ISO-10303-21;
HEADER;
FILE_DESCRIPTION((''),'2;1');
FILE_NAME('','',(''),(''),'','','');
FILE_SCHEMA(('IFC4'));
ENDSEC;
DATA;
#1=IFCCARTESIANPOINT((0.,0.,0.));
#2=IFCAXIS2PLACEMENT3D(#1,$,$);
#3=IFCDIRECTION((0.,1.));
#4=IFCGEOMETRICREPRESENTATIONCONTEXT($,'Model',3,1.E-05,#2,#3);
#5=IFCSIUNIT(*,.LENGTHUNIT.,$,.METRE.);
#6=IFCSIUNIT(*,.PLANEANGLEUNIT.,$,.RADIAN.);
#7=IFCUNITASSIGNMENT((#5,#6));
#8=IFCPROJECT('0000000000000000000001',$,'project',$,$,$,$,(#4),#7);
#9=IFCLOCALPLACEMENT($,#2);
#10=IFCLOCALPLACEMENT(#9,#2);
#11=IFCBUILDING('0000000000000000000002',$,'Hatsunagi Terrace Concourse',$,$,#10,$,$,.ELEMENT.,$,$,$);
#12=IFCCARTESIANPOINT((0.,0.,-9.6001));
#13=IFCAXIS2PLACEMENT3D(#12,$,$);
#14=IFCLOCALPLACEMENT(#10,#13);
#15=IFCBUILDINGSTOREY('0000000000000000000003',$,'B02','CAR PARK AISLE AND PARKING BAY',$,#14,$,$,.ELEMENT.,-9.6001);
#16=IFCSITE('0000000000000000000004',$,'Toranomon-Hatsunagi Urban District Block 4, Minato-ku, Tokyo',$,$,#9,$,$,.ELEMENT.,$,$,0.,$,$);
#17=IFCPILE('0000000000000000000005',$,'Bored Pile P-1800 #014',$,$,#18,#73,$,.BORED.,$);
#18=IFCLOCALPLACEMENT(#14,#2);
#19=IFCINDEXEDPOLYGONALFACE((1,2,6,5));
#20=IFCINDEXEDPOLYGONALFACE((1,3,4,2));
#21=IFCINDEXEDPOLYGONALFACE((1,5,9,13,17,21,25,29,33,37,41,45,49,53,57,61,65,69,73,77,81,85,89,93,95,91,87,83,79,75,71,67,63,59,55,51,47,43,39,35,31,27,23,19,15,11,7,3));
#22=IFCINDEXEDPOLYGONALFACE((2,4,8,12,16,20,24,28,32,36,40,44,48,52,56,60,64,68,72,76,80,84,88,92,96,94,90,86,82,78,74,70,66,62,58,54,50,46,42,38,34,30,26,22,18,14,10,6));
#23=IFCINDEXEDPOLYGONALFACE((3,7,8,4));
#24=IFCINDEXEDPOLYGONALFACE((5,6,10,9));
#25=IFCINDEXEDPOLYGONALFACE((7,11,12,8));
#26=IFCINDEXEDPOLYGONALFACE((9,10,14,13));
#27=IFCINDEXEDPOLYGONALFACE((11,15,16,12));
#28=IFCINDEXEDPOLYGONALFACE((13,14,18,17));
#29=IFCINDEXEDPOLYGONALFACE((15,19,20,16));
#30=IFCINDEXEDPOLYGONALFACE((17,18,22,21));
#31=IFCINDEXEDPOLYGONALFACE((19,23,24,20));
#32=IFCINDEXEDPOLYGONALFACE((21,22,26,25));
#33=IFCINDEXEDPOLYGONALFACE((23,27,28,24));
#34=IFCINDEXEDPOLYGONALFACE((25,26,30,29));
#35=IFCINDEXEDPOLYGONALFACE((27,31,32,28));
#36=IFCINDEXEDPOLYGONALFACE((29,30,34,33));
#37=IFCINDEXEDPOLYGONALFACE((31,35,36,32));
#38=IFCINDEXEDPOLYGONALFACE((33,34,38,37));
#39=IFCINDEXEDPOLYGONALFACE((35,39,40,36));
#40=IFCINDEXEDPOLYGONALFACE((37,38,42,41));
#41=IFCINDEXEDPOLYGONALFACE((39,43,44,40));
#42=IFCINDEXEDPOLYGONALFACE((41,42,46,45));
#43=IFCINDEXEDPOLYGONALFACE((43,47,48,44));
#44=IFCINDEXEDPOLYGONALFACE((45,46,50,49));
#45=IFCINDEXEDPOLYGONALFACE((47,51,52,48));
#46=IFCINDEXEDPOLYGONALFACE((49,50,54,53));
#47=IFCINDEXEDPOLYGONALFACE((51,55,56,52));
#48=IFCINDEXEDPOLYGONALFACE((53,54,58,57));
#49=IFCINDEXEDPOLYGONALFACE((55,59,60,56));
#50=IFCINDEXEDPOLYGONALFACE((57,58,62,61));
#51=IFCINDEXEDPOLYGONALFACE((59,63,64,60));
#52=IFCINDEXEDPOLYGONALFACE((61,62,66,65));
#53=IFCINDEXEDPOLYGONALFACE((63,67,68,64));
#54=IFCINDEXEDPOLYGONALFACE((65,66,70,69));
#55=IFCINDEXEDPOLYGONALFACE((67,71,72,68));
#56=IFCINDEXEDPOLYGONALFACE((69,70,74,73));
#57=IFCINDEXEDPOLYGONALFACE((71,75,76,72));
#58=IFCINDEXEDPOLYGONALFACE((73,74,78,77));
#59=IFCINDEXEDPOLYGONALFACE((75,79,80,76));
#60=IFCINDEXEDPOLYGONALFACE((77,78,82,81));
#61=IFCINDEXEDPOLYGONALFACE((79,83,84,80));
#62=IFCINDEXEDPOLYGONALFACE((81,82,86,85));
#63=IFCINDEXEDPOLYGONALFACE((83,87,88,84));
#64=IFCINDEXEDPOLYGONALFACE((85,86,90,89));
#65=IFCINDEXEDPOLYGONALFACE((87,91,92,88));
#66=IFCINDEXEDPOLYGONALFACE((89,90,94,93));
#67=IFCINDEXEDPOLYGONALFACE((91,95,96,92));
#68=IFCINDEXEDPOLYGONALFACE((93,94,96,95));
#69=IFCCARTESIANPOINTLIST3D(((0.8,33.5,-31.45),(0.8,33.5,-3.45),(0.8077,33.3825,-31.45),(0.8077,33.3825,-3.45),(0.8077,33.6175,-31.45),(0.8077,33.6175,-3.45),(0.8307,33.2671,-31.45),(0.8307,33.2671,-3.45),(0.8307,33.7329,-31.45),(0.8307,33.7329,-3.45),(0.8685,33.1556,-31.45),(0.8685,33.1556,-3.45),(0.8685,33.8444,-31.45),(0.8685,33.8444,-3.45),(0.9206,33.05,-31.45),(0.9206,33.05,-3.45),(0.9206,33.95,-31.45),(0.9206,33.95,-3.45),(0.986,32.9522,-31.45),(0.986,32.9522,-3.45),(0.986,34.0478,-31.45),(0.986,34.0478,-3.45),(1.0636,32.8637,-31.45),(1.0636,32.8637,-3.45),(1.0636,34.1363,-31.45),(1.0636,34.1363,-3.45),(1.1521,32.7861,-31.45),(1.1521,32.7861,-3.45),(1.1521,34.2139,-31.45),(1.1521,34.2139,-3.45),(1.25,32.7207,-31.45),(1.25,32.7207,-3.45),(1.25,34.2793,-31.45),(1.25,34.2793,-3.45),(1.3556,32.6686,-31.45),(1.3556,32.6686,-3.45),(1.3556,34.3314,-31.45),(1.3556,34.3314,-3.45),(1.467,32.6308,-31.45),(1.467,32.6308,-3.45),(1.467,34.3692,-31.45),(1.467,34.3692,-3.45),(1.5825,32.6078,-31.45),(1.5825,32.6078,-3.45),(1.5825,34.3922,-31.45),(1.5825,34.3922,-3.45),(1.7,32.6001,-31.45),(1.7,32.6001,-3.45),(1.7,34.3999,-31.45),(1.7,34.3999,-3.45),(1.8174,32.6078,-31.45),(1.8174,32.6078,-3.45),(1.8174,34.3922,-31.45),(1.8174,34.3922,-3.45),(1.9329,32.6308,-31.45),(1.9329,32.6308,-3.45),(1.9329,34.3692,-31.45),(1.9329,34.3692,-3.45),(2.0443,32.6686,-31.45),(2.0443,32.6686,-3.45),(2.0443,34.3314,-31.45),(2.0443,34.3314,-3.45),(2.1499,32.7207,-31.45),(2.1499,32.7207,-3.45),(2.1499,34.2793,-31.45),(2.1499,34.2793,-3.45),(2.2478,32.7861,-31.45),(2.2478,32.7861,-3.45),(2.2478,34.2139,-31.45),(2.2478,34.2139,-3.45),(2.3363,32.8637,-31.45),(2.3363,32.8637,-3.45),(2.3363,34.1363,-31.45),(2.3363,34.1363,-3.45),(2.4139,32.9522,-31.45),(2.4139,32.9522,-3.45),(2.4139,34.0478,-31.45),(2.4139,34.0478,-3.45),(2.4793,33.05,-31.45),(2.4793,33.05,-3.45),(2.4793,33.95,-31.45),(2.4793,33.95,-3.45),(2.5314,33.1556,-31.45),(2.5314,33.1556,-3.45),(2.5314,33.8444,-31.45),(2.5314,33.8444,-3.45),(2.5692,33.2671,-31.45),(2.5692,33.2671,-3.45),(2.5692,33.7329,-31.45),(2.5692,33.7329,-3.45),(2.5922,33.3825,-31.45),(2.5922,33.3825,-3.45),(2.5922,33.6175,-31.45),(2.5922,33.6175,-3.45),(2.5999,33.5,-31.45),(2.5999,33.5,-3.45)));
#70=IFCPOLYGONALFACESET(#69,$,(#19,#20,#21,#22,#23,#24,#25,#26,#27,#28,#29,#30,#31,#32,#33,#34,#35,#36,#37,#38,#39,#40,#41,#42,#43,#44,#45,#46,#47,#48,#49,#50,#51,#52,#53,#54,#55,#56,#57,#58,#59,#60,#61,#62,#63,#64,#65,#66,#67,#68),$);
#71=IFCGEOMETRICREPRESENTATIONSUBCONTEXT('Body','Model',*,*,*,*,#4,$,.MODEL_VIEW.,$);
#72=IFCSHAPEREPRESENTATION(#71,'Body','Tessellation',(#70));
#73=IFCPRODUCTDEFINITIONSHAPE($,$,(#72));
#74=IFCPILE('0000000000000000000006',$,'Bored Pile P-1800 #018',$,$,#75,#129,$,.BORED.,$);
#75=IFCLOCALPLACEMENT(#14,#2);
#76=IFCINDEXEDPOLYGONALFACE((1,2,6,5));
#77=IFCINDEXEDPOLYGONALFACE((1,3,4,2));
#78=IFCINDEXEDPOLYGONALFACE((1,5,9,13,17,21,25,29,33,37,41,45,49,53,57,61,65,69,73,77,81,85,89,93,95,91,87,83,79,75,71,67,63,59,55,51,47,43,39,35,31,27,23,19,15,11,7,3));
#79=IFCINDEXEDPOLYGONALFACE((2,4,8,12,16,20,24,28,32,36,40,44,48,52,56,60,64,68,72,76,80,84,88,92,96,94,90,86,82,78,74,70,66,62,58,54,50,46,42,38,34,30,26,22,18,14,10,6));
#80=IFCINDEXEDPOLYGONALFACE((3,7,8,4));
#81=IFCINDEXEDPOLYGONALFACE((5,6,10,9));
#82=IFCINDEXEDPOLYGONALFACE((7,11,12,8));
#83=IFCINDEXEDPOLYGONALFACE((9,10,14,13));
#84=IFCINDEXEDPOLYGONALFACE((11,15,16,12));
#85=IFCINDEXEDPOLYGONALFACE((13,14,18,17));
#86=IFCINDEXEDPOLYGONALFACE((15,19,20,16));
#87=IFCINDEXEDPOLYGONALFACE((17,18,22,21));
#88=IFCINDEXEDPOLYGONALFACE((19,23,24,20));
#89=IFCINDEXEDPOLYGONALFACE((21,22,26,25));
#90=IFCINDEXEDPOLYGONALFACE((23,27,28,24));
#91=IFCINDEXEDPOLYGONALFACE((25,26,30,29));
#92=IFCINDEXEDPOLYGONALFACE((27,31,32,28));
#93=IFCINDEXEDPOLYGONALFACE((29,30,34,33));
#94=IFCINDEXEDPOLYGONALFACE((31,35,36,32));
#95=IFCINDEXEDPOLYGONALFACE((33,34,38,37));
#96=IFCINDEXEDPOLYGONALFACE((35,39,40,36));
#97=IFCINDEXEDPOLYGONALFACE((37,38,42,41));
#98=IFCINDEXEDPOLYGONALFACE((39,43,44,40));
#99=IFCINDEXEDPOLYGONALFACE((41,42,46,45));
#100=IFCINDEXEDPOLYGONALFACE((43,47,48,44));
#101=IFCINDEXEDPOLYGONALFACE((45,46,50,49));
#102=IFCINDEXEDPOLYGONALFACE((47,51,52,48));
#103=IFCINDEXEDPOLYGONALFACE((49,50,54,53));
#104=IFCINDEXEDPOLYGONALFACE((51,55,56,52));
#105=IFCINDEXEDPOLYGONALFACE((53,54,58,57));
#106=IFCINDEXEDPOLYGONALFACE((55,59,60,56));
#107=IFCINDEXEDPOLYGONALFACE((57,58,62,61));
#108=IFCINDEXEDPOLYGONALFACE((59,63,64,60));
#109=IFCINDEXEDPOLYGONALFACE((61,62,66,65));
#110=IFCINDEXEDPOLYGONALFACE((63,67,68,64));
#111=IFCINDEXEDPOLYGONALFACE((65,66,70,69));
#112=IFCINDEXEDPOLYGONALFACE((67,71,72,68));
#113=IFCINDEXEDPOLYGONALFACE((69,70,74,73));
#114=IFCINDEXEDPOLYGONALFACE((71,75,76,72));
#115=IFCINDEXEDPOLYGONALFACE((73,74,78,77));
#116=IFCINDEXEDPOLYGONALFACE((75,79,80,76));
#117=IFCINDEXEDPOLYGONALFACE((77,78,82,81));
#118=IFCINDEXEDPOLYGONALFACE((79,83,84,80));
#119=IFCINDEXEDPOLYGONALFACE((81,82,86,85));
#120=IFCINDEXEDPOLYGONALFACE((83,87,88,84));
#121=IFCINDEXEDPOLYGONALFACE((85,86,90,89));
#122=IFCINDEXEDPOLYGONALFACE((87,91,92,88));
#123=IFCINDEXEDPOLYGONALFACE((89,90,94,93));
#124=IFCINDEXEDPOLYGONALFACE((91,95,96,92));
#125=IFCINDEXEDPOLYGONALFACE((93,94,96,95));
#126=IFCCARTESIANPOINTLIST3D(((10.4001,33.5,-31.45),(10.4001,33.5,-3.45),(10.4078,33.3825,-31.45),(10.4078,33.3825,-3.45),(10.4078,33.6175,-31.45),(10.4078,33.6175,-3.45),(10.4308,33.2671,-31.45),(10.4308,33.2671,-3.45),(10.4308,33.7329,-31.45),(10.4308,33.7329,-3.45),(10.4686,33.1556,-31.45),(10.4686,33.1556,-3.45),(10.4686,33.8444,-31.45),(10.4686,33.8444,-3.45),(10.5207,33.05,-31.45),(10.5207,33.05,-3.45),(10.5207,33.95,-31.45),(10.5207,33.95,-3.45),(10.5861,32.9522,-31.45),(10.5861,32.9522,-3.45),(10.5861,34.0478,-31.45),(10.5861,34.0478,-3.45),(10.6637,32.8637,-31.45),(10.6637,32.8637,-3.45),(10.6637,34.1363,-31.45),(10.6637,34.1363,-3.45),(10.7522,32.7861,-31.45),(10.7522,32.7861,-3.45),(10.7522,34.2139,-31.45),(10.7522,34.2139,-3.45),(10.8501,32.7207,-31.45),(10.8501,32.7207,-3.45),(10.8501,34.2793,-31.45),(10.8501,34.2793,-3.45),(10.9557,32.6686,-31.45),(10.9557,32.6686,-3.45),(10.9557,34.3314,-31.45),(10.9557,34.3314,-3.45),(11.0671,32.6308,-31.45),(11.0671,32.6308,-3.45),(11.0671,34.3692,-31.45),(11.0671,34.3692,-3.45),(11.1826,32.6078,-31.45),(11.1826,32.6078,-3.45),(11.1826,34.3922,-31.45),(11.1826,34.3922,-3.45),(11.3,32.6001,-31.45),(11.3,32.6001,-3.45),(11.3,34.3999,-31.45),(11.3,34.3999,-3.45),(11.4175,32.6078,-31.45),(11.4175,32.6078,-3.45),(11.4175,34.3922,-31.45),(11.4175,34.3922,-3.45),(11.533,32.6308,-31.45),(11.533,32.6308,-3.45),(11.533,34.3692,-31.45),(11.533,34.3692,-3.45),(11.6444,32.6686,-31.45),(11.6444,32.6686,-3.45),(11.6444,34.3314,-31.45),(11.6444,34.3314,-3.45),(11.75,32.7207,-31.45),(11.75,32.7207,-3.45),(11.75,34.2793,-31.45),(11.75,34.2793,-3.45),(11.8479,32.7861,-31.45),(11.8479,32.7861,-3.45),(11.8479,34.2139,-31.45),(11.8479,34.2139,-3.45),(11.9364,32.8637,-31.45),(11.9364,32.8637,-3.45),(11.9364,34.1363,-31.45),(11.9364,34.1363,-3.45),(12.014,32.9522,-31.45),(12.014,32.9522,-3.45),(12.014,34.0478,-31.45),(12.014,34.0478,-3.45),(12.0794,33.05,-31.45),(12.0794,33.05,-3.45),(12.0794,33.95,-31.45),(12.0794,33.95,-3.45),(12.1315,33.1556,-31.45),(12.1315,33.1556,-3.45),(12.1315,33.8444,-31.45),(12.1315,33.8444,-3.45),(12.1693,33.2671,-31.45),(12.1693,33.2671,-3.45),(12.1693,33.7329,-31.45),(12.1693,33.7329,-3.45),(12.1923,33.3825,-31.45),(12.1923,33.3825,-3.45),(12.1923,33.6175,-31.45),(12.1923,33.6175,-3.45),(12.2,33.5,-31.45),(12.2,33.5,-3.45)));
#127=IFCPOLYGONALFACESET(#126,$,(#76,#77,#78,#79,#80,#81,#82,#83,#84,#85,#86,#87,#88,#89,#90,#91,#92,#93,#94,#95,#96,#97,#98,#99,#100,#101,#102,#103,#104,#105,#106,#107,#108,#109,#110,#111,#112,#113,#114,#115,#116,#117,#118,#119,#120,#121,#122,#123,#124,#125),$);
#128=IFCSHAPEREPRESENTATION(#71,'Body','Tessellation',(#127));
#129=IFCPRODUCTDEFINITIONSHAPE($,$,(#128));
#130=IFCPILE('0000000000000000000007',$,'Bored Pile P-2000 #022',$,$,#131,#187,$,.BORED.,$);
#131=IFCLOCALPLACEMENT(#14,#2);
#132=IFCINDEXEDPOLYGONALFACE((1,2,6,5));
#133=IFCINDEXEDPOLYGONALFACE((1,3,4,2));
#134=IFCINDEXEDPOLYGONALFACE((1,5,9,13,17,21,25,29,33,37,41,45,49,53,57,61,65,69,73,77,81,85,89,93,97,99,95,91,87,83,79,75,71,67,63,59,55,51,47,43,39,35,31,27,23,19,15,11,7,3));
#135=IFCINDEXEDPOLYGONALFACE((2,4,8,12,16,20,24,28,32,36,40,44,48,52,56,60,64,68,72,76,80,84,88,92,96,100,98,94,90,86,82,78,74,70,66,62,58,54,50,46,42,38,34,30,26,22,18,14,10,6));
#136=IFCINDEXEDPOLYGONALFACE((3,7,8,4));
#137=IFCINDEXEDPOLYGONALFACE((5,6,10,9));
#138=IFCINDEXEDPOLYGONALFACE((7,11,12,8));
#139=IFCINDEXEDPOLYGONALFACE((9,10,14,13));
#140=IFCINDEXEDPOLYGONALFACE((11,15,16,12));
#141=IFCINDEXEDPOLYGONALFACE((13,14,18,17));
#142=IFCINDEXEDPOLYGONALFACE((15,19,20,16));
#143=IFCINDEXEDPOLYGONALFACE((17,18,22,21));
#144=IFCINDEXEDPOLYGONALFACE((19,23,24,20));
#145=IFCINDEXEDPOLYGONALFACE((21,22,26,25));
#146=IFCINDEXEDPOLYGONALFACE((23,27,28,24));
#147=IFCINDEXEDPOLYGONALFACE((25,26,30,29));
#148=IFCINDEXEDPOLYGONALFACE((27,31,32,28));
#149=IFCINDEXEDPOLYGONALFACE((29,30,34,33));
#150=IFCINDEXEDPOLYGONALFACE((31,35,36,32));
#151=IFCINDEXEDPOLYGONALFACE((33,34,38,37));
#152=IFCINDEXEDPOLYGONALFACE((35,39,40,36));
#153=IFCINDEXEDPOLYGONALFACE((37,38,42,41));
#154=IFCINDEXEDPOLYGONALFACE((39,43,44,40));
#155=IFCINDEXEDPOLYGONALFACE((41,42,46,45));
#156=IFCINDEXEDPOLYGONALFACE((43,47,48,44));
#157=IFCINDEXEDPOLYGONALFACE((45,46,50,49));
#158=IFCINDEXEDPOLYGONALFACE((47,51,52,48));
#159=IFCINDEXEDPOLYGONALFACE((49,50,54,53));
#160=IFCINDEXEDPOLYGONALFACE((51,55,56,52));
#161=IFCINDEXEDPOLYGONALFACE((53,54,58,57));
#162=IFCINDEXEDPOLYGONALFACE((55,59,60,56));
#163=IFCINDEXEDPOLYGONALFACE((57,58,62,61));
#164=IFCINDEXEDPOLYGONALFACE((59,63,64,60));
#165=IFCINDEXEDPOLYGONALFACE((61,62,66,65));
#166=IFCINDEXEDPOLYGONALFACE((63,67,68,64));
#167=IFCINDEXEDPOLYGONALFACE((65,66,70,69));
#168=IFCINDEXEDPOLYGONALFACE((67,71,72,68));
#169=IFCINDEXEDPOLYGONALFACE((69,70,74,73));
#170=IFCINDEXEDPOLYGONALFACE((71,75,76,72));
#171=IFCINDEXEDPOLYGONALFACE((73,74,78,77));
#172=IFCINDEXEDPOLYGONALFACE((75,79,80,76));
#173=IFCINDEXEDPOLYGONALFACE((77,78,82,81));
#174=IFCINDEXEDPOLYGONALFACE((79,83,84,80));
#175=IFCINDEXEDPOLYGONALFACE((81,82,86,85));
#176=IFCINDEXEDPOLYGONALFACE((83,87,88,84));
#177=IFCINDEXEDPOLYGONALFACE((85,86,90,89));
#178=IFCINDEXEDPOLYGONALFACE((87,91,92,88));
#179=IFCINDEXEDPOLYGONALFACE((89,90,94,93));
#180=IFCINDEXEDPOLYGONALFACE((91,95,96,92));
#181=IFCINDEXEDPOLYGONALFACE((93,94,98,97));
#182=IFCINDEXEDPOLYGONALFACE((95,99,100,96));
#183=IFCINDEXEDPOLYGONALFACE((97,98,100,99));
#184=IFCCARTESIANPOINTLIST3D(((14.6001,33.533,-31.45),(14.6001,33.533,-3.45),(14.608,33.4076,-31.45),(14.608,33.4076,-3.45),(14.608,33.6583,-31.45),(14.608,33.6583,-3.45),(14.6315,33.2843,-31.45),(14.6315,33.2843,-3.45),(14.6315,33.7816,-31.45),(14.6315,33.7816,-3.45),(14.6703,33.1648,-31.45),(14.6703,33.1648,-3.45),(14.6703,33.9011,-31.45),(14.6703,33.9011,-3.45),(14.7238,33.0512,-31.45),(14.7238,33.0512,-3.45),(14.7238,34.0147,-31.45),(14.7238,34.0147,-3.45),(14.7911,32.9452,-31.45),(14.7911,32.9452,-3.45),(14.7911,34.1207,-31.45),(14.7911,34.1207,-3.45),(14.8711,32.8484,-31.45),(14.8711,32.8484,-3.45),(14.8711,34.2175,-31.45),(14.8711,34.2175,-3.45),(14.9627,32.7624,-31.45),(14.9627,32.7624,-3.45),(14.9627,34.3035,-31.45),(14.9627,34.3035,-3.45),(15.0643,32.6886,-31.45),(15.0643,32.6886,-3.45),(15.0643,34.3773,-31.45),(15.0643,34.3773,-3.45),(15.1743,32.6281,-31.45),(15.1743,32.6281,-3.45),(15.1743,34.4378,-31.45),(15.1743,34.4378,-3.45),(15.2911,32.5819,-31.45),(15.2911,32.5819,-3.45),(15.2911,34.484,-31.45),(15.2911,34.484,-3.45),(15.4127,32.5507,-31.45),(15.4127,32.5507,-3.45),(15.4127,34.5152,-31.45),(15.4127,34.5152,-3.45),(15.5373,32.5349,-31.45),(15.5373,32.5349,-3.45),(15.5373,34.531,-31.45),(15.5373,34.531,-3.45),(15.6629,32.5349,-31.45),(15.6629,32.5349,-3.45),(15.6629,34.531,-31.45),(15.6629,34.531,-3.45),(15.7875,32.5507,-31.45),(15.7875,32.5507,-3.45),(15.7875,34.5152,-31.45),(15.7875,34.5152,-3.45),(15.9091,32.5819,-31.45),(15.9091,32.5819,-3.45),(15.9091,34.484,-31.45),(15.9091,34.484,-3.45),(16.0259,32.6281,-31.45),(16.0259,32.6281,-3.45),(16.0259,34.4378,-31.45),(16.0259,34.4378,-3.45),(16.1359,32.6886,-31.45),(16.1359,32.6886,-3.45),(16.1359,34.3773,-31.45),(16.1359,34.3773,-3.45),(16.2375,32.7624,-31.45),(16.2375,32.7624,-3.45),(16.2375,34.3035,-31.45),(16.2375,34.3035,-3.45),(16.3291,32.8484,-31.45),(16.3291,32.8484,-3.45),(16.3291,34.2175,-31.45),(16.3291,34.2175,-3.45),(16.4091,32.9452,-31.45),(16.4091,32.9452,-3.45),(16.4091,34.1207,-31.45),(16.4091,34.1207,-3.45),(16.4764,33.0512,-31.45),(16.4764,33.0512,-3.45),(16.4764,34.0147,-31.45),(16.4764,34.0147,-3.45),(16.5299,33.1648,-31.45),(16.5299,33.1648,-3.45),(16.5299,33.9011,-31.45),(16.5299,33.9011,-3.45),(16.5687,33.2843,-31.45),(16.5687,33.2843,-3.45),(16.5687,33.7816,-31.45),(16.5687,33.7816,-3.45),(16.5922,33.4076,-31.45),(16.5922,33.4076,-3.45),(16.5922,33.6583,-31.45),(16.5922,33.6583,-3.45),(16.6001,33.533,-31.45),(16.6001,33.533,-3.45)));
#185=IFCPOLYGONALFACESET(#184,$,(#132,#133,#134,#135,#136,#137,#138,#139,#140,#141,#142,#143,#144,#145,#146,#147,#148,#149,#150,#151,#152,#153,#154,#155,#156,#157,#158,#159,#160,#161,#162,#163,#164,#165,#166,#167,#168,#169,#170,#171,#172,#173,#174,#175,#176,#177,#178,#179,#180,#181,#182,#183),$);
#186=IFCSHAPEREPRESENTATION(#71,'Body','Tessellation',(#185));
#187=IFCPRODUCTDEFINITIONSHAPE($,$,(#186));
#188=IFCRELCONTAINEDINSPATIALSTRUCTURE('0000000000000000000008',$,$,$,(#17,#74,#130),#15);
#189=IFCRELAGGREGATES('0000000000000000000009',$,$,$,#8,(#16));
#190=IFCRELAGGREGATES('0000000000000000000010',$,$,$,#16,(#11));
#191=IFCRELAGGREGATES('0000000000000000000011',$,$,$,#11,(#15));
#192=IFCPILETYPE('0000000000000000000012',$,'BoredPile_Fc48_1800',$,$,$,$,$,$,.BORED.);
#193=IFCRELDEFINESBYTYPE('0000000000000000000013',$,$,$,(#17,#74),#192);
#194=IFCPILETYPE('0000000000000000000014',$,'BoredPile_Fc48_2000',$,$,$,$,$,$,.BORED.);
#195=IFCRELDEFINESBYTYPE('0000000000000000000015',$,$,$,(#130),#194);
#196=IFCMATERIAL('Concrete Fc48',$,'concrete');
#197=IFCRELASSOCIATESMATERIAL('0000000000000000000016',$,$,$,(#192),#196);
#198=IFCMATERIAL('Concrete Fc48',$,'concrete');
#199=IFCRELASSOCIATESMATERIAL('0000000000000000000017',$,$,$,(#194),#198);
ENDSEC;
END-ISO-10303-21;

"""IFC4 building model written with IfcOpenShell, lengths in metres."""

from ifc_helpers import new_model, si_unit, direction, frame, origin, origin_2d, place, context, subcontext, project, spatial, circle, extrude, material, material_profile, profile_set, type_object, element, save


model = new_model("IFC4")

# Units and contexts
model_context = context("Model", 3, precision=1e-05, world=origin(), true_north=direction((0.0, 1.0)))
body_context = subcontext(model_context, "Body", "Model", "MODEL_VIEW")
ifc_project = project(units=[si_unit("LENGTHUNIT", "METRE"), si_unit("PLANEANGLEUNIT", "RADIAN")], contexts=[model_context])

# Site, building, storey
site_placement = place(None, origin())
site = spatial("IfcSite", under=ifc_project, at=site_placement, Name="Toranomon-Hatsunagi Urban District Block 4, Minato-ku, Tokyo", CompositionType="ELEMENT", RefElevation=0.0)
building_placement = place(site_placement, origin())
building = spatial("IfcBuilding", under=site, at=building_placement, Name="Hatsunagi Terrace Concourse", CompositionType="ELEMENT")
storey_placement = place(building_placement, frame((0.0, 0.0, -9.6001)))
storey = spatial("IfcBuildingStorey", under=building, at=storey_placement, Name="B02", Description="CAR PARK AISLE AND PARKING BAY", CompositionType="ELEMENT", Elevation=-9.6001)

# Piles
ifc_material_1 = material(Name="Concrete Fc48", Category="concrete")
ifc_material_profile_1 = material_profile(ifc_material_1, circle(Radius=0.8999, at=origin_2d()), Name="PILE-1800")
ifc_profile_set_1 = profile_set([ifc_material_profile_1], Name="Concrete Fc48")
pile_type_1 = type_object("IfcPileType", Name="BoredPile_Fc48_1800", PredefinedType="BORED", material=ifc_profile_set_1)
for number, where, z_axis, x_axis, name in (
    (1, (1.7, 33.5, -3.45), (0.0, 0.0, -1.0), (1.0, 0.0, 0.0), "Bored Pile P-1800 #014"),
    (2, (11.3, 33.5, -3.45), (0.0, 0.0, -1.0), (1.0, 0.0, 0.0), "Bored Pile P-1800 #018"),
):
    element("IfcPile", number, at=place(storey_placement, frame(where, z_axis=z_axis, x_axis=x_axis)), inside=storey, type_object=pile_type_1, Name=name, PredefinedType="BORED", context=body_context, shape_type="SweptSolid", body=[
        extrude(circle(Radius=0.8999, at=origin_2d()), origin(), (0.0, 0.0, 1.0), 28.0),
    ])
ifc_material_2 = material(Name="Concrete Fc48", Category="concrete")
ifc_material_profile_2 = material_profile(ifc_material_2, circle(Radius=1.0, at=origin_2d()), Name="PILE-2000")
ifc_profile_set_2 = profile_set([ifc_material_profile_2], Name="Concrete Fc48")
pile_type_2 = type_object("IfcPileType", Name="BoredPile_Fc48_2000", PredefinedType="BORED", material=ifc_profile_set_2)
pile_placement = place(storey_placement, frame((15.6001, 33.533, -3.45), z_axis=(0.0, 0.0, -1.0), x_axis=(1.0, 0.0, 0.0)))
element("IfcPile", 3, at=pile_placement, inside=storey, type_object=pile_type_2, Name="Bored Pile P-2000 #022", PredefinedType="BORED", context=body_context, shape_type="SweptSolid", body=[
    extrude(circle(Radius=1.0, at=origin_2d()), origin(), (0.0, 0.0, 1.0), 28.0),
])

save(model, "model.ifc")
